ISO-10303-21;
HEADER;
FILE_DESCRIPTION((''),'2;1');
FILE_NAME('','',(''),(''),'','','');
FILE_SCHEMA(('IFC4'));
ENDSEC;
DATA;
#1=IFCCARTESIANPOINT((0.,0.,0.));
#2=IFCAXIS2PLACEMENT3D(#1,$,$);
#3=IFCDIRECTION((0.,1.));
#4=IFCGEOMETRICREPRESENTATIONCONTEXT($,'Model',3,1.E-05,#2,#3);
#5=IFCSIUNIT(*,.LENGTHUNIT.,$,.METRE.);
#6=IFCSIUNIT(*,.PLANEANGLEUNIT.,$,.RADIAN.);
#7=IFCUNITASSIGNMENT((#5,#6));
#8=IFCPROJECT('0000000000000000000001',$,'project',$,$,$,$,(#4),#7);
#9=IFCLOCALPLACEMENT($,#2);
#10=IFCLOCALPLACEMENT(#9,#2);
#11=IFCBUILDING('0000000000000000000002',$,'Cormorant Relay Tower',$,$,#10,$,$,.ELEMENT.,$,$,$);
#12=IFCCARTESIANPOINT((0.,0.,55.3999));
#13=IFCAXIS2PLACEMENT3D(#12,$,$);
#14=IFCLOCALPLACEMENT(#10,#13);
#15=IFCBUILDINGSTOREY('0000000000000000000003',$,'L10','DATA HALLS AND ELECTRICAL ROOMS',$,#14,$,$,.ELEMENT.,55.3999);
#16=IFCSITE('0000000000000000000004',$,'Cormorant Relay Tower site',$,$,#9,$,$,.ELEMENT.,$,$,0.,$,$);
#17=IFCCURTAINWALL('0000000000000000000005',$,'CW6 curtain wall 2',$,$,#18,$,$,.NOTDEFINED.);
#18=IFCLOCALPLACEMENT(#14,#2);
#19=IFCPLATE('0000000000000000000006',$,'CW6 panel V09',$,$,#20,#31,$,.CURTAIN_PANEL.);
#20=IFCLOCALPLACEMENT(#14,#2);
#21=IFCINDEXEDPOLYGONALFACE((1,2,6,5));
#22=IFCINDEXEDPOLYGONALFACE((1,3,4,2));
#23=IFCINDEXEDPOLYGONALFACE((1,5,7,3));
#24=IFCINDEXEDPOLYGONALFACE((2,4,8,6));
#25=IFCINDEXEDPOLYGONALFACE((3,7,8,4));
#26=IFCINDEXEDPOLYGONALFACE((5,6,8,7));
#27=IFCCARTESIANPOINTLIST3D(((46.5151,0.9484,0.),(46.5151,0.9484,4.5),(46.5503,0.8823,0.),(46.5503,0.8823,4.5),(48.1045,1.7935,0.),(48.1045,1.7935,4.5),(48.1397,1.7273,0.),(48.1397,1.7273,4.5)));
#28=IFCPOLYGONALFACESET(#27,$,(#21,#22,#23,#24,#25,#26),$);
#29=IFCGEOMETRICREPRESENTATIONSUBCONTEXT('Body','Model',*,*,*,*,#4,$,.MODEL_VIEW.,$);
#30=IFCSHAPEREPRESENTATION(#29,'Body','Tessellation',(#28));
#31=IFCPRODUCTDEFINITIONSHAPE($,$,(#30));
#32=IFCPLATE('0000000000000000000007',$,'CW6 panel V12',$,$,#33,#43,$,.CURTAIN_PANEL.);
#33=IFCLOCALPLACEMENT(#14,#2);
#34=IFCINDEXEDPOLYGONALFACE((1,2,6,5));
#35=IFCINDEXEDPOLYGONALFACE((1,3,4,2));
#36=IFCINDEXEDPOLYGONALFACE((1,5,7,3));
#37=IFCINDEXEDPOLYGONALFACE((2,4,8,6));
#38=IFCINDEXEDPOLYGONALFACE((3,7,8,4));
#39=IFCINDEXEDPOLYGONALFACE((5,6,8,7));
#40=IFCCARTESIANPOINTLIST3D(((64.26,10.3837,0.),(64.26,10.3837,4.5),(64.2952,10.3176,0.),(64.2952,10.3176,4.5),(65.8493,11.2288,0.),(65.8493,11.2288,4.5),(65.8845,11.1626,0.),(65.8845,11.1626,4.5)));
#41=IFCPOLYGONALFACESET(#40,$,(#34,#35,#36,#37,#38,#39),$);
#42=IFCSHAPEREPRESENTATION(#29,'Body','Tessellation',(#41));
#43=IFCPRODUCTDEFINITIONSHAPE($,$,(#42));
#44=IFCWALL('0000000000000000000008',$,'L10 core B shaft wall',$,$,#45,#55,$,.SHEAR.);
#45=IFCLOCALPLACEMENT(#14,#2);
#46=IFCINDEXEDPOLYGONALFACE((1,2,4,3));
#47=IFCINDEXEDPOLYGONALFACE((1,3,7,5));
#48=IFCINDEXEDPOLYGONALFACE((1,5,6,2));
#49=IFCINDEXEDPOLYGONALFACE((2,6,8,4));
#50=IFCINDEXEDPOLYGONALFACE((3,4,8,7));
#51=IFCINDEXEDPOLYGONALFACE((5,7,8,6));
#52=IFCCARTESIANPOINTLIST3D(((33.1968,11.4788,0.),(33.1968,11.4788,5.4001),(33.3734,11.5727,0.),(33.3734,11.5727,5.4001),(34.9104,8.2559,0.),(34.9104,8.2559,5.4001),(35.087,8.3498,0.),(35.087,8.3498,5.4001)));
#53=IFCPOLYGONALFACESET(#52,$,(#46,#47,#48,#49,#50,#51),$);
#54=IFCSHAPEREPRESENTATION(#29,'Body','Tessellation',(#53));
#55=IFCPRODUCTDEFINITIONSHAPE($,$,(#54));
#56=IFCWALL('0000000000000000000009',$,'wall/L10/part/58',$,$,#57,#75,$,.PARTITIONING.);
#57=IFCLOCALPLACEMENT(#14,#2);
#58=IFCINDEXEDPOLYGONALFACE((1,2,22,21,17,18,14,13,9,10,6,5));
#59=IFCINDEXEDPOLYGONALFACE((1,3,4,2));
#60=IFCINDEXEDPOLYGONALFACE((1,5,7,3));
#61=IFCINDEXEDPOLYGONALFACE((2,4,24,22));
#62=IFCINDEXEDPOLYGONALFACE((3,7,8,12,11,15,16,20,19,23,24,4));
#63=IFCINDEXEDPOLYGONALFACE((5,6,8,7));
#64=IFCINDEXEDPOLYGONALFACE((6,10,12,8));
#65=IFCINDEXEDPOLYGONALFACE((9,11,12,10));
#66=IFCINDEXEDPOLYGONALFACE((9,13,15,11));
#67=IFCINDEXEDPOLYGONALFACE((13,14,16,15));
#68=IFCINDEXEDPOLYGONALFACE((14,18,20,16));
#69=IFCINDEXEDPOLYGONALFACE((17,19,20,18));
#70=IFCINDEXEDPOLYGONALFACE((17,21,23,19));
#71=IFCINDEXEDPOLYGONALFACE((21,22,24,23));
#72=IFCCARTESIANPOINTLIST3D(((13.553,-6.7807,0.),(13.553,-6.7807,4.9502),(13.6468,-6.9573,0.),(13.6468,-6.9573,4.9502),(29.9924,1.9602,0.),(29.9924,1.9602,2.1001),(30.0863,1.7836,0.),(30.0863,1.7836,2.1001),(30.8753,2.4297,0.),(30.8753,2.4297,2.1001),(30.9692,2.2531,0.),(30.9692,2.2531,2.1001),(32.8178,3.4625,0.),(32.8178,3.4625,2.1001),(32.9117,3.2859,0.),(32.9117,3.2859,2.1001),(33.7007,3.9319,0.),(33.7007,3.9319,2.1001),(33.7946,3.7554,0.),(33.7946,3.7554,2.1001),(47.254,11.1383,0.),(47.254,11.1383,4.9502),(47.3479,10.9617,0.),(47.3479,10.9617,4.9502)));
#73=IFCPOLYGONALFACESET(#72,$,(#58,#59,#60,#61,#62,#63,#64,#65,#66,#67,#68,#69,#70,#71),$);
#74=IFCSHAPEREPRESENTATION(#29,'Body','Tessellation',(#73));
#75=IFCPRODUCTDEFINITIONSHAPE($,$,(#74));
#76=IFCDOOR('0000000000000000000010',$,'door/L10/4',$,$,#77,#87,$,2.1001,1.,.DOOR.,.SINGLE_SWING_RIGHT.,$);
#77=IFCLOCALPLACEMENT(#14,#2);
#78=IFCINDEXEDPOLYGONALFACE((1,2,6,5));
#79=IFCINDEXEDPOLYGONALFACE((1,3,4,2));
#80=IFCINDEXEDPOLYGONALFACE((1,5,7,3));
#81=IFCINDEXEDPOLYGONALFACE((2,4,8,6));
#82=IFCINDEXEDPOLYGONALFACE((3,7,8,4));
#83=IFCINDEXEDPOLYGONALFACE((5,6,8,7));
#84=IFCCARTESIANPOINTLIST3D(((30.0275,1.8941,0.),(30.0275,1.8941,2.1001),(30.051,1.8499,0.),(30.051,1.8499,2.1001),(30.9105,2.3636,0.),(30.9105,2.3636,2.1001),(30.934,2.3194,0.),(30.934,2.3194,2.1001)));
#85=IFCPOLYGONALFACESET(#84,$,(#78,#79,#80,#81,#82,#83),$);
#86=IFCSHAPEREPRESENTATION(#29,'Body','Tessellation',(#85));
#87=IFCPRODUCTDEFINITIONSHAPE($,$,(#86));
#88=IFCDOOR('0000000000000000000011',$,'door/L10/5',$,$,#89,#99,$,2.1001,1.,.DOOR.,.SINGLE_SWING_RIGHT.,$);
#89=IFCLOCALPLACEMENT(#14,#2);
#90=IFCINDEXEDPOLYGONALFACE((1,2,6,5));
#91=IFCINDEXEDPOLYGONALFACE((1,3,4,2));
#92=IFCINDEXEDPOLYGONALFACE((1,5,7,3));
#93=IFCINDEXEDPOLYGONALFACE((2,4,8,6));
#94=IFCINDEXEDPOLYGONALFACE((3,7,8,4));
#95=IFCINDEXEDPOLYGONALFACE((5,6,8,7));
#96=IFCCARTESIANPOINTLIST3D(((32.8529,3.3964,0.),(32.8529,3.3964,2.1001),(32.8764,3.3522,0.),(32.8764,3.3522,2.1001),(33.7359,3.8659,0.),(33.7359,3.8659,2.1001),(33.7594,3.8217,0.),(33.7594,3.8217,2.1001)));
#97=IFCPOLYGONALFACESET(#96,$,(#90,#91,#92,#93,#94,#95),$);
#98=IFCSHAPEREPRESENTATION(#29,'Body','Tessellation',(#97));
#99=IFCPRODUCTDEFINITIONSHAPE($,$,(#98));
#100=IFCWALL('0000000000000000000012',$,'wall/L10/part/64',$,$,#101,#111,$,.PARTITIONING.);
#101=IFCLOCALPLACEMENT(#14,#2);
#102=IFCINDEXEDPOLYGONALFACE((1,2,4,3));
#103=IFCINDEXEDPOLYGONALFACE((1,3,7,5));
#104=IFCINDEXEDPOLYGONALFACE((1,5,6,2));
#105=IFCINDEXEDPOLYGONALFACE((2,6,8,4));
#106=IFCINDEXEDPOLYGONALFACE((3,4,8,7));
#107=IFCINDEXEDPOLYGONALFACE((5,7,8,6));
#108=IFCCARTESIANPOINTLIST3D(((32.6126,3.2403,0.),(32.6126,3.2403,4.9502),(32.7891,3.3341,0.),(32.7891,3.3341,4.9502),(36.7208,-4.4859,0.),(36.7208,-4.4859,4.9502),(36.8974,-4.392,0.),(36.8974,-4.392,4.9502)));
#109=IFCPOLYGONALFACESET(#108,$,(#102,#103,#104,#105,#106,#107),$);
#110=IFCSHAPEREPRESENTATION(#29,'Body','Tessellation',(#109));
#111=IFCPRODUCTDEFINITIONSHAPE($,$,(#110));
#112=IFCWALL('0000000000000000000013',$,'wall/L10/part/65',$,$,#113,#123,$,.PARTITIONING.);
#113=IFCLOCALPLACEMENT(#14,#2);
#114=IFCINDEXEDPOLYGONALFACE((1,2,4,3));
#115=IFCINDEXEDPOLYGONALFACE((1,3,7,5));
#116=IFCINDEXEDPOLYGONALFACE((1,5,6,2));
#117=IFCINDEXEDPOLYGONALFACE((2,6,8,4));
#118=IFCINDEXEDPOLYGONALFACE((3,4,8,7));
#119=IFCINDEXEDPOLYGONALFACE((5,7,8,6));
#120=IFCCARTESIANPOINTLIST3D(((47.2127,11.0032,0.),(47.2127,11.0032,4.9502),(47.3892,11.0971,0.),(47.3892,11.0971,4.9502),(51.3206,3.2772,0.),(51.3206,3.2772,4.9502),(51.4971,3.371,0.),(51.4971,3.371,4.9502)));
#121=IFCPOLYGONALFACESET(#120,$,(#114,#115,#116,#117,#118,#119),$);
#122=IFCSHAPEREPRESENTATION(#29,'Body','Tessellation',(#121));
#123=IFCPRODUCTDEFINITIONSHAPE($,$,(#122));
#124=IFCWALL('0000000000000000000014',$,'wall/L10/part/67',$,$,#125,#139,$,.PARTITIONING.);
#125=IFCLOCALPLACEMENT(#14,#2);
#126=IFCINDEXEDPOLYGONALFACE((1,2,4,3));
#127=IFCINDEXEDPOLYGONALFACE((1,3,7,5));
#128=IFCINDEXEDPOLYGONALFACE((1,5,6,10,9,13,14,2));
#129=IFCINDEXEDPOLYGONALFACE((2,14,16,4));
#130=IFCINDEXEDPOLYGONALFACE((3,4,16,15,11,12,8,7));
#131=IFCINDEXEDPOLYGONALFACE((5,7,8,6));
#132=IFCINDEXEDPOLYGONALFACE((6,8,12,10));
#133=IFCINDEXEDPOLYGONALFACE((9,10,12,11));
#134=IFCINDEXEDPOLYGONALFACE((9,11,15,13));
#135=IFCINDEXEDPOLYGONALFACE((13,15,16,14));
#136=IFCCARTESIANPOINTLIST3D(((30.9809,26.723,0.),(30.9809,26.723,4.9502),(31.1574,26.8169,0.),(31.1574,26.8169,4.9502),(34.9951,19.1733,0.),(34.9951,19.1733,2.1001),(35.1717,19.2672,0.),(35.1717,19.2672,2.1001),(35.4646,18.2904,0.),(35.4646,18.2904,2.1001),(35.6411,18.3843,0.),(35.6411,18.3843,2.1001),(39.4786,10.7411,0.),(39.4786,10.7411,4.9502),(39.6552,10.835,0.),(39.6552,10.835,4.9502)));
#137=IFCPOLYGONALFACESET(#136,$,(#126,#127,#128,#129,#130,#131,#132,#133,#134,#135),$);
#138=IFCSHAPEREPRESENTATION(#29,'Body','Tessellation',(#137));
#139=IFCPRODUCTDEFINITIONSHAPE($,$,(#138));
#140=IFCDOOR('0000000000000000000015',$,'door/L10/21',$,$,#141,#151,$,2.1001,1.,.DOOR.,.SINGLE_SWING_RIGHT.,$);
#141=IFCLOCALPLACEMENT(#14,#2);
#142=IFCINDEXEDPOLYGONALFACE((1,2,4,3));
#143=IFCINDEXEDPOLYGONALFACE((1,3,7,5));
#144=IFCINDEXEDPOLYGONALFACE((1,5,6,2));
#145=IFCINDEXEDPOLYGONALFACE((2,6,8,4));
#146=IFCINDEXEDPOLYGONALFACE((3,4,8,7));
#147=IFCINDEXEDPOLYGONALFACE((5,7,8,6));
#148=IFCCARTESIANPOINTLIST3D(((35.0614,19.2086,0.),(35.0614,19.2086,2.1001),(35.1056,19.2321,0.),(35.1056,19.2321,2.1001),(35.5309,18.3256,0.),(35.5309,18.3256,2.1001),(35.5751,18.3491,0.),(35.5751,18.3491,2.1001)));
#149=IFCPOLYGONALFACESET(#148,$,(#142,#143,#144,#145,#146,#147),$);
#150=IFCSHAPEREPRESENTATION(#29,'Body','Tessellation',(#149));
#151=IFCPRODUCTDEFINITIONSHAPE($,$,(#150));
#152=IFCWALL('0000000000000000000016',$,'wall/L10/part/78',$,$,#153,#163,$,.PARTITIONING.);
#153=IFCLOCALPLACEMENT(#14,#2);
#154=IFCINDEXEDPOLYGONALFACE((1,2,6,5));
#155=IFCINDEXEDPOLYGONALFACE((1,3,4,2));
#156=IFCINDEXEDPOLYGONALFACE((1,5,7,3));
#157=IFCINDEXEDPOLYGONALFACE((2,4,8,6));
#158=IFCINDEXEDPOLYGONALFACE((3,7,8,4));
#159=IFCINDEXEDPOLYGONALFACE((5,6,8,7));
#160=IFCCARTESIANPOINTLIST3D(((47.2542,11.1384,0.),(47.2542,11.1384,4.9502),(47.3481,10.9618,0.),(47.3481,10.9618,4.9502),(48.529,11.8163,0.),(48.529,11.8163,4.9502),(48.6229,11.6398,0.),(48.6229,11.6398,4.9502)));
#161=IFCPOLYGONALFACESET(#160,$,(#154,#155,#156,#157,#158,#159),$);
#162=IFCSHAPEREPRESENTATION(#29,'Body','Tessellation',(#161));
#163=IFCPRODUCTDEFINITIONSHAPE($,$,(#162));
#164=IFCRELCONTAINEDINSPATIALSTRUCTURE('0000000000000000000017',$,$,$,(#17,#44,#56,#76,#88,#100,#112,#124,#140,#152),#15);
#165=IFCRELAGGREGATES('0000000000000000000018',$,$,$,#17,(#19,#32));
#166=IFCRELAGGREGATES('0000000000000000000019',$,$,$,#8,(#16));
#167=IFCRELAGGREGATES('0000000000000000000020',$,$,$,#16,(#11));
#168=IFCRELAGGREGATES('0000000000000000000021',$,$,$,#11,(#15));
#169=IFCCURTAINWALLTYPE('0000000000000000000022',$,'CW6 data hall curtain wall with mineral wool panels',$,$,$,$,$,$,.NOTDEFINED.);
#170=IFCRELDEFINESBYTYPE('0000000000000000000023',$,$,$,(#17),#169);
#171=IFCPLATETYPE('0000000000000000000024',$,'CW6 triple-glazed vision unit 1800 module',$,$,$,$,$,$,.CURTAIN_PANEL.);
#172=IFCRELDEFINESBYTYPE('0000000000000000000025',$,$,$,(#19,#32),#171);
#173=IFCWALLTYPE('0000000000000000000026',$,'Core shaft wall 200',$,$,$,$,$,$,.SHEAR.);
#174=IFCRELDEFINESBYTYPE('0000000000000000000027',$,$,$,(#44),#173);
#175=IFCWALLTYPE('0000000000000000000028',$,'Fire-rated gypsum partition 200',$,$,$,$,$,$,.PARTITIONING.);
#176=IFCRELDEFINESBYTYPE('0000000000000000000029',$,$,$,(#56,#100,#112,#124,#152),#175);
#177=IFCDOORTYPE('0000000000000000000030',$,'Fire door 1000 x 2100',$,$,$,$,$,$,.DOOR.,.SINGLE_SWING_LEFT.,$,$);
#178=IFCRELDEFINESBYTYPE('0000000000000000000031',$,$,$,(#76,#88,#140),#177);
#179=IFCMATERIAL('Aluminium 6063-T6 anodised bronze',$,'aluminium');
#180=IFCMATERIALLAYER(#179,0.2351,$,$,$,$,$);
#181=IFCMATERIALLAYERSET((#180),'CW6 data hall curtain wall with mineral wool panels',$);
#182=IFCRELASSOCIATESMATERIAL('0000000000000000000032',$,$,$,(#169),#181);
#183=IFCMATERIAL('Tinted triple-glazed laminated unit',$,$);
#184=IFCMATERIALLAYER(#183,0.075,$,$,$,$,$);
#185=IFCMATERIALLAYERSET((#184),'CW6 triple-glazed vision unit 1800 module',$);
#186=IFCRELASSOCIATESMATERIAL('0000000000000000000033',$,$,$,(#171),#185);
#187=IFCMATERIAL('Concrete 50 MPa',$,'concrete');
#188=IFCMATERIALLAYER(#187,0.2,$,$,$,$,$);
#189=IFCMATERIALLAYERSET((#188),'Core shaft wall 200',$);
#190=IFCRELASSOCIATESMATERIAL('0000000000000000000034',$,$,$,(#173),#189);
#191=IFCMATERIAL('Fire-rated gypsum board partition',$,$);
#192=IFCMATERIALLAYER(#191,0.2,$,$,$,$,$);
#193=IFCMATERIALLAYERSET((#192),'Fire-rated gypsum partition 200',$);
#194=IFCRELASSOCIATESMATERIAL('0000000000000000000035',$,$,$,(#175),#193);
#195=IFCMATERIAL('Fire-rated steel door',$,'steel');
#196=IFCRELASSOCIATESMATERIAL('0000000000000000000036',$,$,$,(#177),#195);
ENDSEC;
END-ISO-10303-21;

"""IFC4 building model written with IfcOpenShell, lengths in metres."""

from ifc_helpers import new_model, si_unit, direction, frame, frame_2d, origin, origin_2d, place, context, subcontext, project, spatial, rectangle, extrude, material, layer, layer_set, type_object, element, fill, aggregate, save


model = new_model("IFC4")

# Units and contexts
model_context = context("Model", 3, precision=1e-05, world=origin(), true_north=direction((0.0, 1.0)))
body_context = subcontext(model_context, "Body", "Model", "MODEL_VIEW")
ifc_project = project(units=[si_unit("LENGTHUNIT", "METRE"), si_unit("PLANEANGLEUNIT", "RADIAN")], contexts=[model_context])

# Site, building, storey
site_placement = place(None, origin())
site = spatial("IfcSite", under=ifc_project, at=site_placement, Name="Cormorant Relay Tower site", CompositionType="ELEMENT", RefElevation=0.0)
building_placement = place(site_placement, origin())
building = spatial("IfcBuilding", under=site, at=building_placement, Name="Cormorant Relay Tower", CompositionType="ELEMENT")
storey_placement = place(building_placement, frame((0.0, 0.0, 55.3999)))
storey = spatial("IfcBuildingStorey", under=building, at=storey_placement, Name="L10", Description="DATA HALLS AND ELECTRICAL ROOMS", CompositionType="ELEMENT", Elevation=55.3999)

# Curtain wall
ifc_material_1 = material(Name="Aluminium 6063-T6 anodised bronze", Category="aluminium")
ifc_layer_1 = layer(ifc_material_1, 0.2351)
ifc_layer_set_1 = layer_set([ifc_layer_1], Name="CW6 data hall curtain wall with mineral wool panels")
curtain_wall_type = type_object("IfcCurtainWallType", Name="CW6 data hall curtain wall with mineral wool panels", PredefinedType="NOTDEFINED", material=ifc_layer_set_1)
curtain_wall_1_placement = place(storey_placement, origin())
curtain_wall_1 = element("IfcCurtainWall", 1, at=curtain_wall_1_placement, inside=storey, type_object=curtain_wall_type, Name="CW6 curtain wall 2", PredefinedType="NOTDEFINED")

# Plates
ifc_material_2 = material(Name="Tinted triple-glazed laminated unit")
ifc_layer_2 = layer(ifc_material_2, 0.075)
ifc_layer_set_2 = layer_set([ifc_layer_2], Name="CW6 triple-glazed vision unit 1800 module")
plate_type = type_object("IfcPlateType", Name="CW6 triple-glazed vision unit 1800 module", PredefinedType="CURTAIN_PANEL", material=ifc_layer_set_2)
plate_1_placement = place(storey_placement, frame((47.3274, 1.3379, 0.0), z_axis=(0.0, 0.0, 1.0), x_axis=(0.882948, 0.469472, 0.0)))
plate_1 = element("IfcPlate", 2, at=plate_1_placement, type_object=plate_type, Name="CW6 panel V09", PredefinedType="CURTAIN_PANEL", context=body_context, shape_type="SweptSolid", body=[
    extrude(rectangle(XDim=1.8, YDim=0.075, at=origin_2d()), origin(), (0.0, 0.0, 1.0), 4.5),
])
plate_2_placement = place(storey_placement, frame((65.0723, 10.7732, 0.0), z_axis=(0.0, 0.0, 1.0), x_axis=(0.882948, 0.469472, 0.0)))
plate_2 = element("IfcPlate", 3, at=plate_2_placement, type_object=plate_type, Name="CW6 panel V12", PredefinedType="CURTAIN_PANEL", context=body_context, shape_type="SweptSolid", body=[
    extrude(rectangle(XDim=1.8, YDim=0.075, at=origin_2d()), origin(), (0.0, 0.0, 1.0), 4.5),
])

# Wall
ifc_material_3 = material(Name="Concrete 50 MPa", Category="concrete")
ifc_layer_3 = layer(ifc_material_3, 0.2)
ifc_layer_set_3 = layer_set([ifc_layer_3], Name="Core shaft wall 200")
wall_type_1 = type_object("IfcWallType", Name="Core shaft wall 200", PredefinedType="SHEAR", material=ifc_layer_set_3)
wall_1_placement = place(storey_placement, frame((34.9988, 8.3027, 0.0), z_axis=(0.0, 0.0, 1.0), x_axis=(-0.469467, 0.88295, 0.0)))
element("IfcWall", 4, at=wall_1_placement, inside=storey, type_object=wall_type_1, Name="L10 core B shaft wall", PredefinedType="SHEAR", context=body_context, shape_type="SweptSolid", body=[
    extrude(rectangle(XDim=3.6501, YDim=0.2, at=frame_2d((1.8252, 0.0))), origin(), (0.0, 0.0, 1.0), 5.4001),
])

# Wall, openings, doors
ifc_material_4 = material(Name="Fire-rated gypsum board partition")
ifc_layer_4 = layer(ifc_material_4, 0.2)
ifc_layer_set_4 = layer_set([ifc_layer_4], Name="Fire-rated gypsum partition 200")
wall_type_2 = type_object("IfcWallType", Name="Fire-rated gypsum partition 200", PredefinedType="PARTITIONING", material=ifc_layer_set_4)
wall_2_placement = place(storey_placement, frame((47.301, 11.05, 0.0), z_axis=(0.0, 0.0, 1.0), x_axis=(-0.882949, -0.469468, 0.0)))
wall_2 = element("IfcWall", 5, at=wall_2_placement, inside=storey, type_object=wall_type_2, Name="wall/L10/part/58", PredefinedType="PARTITIONING", context=body_context, shape_type="SweptSolid", body=[
    extrude(rectangle(XDim=38.1687, YDim=0.2, at=frame_2d((19.0845, 0.0))), origin(), (0.0, 0.0, 1.0), 4.9502),
])
opening_1_placement = place(wall_2_placement, frame((18.55, 0.0, 0.0)))
opening_1 = element("IfcOpeningElement", 6, at=opening_1_placement, cuts=wall_2, PredefinedType="OPENING", context=body_context, shape_type="SweptSolid", body=[
    extrude(rectangle(XDim=1.0, YDim=2.1001, at=frame_2d((0.5, 1.05))), frame((0.0, 0.1099, 0.0), z_axis=(0.0, -1.0, 0.0), x_axis=(1.0, 0.0, 0.0)), (0.0, 0.0, 1.0), 0.22),
])
opening_2_placement = place(wall_2_placement, frame((15.3501, 0.0, 0.0)))
opening_2 = element("IfcOpeningElement", 7, at=opening_2_placement, cuts=wall_2, PredefinedType="OPENING", context=body_context, shape_type="SweptSolid", body=[
    extrude(rectangle(XDim=1.0, YDim=2.1001, at=frame_2d((0.5, 1.05))), frame((0.0, 0.1099, 0.0), z_axis=(0.0, -1.0, 0.0), x_axis=(1.0, 0.0, 0.0)), (0.0, 0.0, 1.0), 0.22),
])
ifc_material_5 = material(Name="Fire-rated steel door", Category="steel")
door_type_1 = type_object("IfcDoorType", Name="Fire door 1000 x 2100", OperationType="SINGLE_SWING_LEFT", PredefinedType="DOOR", material=ifc_material_5)
door_1_placement = place(opening_1_placement, origin())
door_1 = element("IfcDoor", 8, at=door_1_placement, inside=storey, type_object=door_type_1, Name="door/L10/4", OperationType="SINGLE_SWING_RIGHT", OverallHeight=2.1001, OverallWidth=1.0, PredefinedType="DOOR", context=body_context, shape_type="SweptSolid", body=[
    extrude(rectangle(XDim=1.0, YDim=2.1001, at=frame_2d((0.5, 1.05))), frame((0.0, 0.0249, 0.0), z_axis=(0.0, -1.0, 0.0), x_axis=(1.0, 0.0, 0.0)), (0.0, 0.0, 1.0), 0.05),
])
fill(opening_1, door_1)
door_2_placement = place(opening_2_placement, origin())
door_2 = element("IfcDoor", 9, at=door_2_placement, inside=storey, type_object=door_type_1, Name="door/L10/5", OperationType="SINGLE_SWING_RIGHT", OverallHeight=2.1001, OverallWidth=1.0, PredefinedType="DOOR", context=body_context, shape_type="SweptSolid", body=[
    extrude(rectangle(XDim=1.0, YDim=2.1001, at=frame_2d((0.5, 1.05))), frame((0.0, 0.0249, 0.0), z_axis=(0.0, -1.0, 0.0), x_axis=(1.0, 0.0, 0.0)), (0.0, 0.0, 1.0), 0.05),
])
fill(opening_2, door_2)

# Walls
wall_3_placement = place(storey_placement, frame((36.8091, -4.439, 0.0), z_axis=(0.0, 0.0, 1.0), x_axis=(-0.469483, 0.882942, 0.0)))
element("IfcWall", 10, at=wall_3_placement, inside=storey, type_object=wall_type_2, Name="wall/L10/part/64", PredefinedType="PARTITIONING", context=body_context, shape_type="SweptSolid", body=[
    extrude(rectangle(XDim=8.7505, YDim=0.2, at=frame_2d((4.3752, 0.0))), origin(), (0.0, 0.0, 1.0), 4.9502),
])
wall_4_placement = place(storey_placement, frame((47.301, 11.05, 0.0), z_axis=(0.0, 0.0, 1.0), x_axis=(0.469461, -0.882953, 0.0)))
element("IfcWall", 11, at=wall_4_placement, inside=storey, type_object=wall_type_2, Name="wall/L10/part/65", PredefinedType="PARTITIONING", context=body_context, shape_type="SweptSolid", body=[
    extrude(rectangle(XDim=8.7502, YDim=0.2, at=frame_2d((4.375, 0.0))), origin(), (0.0, 0.0, 1.0), 4.9502),
])

# Wall, opening, door
wall_5_placement = place(storey_placement, frame((39.5669, 10.7881, 0.0), z_axis=(0.0, 0.0, 1.0), x_axis=(-0.469474, 0.882946, 0.0)))
wall_5 = element("IfcWall", 12, at=wall_5_placement, inside=storey, type_object=wall_type_2, Name="wall/L10/part/67", PredefinedType="PARTITIONING", context=body_context, shape_type="SweptSolid", body=[
    extrude(rectangle(XDim=18.1006, YDim=0.2, at=frame_2d((9.0503, 0.0))), origin(), (0.0, 0.0, 1.0), 4.9502),
])
opening_3_placement = place(wall_5_placement, frame((8.55, 0.0, 0.0)))
opening_3 = element("IfcOpeningElement", 13, at=opening_3_placement, cuts=wall_5, PredefinedType="OPENING", context=body_context, shape_type="SweptSolid", body=[
    extrude(rectangle(XDim=1.0, YDim=2.1001, at=frame_2d((0.5, 1.05))), frame((0.0, 0.1099, 0.0), z_axis=(0.0, -1.0, 0.0), x_axis=(1.0, 0.0, 0.0)), (0.0, 0.0, 1.0), 0.22),
])
door_3_placement = place(opening_3_placement, origin())
door_3 = element("IfcDoor", 14, at=door_3_placement, inside=storey, type_object=door_type_1, Name="door/L10/21", OperationType="SINGLE_SWING_RIGHT", OverallHeight=2.1001, OverallWidth=1.0, PredefinedType="DOOR", context=body_context, shape_type="SweptSolid", body=[
    extrude(rectangle(XDim=1.0, YDim=2.1001, at=frame_2d((0.5, 1.05))), frame((0.0, 0.0249, 0.0), z_axis=(0.0, -1.0, 0.0), x_axis=(1.0, 0.0, 0.0)), (0.0, 0.0, 1.0), 0.05),
])
fill(opening_3, door_3)

# Wall
wall_6_placement = place(storey_placement, frame((48.5759, 11.728, 0.0), z_axis=(0.0, 0.0, 1.0), x_axis=(-0.882919, -0.469526, 0.0)))
element("IfcWall", 15, at=wall_6_placement, inside=storey, type_object=wall_type_2, Name="wall/L10/part/78", PredefinedType="PARTITIONING", context=body_context, shape_type="SweptSolid", body=[
    extrude(rectangle(XDim=1.4438, YDim=0.2, at=frame_2d((0.7219, 0.0))), origin(), (0.0, 0.0, 1.0), 4.9502),
])

aggregate(curtain_wall_1, [plate_1, plate_2])

save(model, "model.ifc")
